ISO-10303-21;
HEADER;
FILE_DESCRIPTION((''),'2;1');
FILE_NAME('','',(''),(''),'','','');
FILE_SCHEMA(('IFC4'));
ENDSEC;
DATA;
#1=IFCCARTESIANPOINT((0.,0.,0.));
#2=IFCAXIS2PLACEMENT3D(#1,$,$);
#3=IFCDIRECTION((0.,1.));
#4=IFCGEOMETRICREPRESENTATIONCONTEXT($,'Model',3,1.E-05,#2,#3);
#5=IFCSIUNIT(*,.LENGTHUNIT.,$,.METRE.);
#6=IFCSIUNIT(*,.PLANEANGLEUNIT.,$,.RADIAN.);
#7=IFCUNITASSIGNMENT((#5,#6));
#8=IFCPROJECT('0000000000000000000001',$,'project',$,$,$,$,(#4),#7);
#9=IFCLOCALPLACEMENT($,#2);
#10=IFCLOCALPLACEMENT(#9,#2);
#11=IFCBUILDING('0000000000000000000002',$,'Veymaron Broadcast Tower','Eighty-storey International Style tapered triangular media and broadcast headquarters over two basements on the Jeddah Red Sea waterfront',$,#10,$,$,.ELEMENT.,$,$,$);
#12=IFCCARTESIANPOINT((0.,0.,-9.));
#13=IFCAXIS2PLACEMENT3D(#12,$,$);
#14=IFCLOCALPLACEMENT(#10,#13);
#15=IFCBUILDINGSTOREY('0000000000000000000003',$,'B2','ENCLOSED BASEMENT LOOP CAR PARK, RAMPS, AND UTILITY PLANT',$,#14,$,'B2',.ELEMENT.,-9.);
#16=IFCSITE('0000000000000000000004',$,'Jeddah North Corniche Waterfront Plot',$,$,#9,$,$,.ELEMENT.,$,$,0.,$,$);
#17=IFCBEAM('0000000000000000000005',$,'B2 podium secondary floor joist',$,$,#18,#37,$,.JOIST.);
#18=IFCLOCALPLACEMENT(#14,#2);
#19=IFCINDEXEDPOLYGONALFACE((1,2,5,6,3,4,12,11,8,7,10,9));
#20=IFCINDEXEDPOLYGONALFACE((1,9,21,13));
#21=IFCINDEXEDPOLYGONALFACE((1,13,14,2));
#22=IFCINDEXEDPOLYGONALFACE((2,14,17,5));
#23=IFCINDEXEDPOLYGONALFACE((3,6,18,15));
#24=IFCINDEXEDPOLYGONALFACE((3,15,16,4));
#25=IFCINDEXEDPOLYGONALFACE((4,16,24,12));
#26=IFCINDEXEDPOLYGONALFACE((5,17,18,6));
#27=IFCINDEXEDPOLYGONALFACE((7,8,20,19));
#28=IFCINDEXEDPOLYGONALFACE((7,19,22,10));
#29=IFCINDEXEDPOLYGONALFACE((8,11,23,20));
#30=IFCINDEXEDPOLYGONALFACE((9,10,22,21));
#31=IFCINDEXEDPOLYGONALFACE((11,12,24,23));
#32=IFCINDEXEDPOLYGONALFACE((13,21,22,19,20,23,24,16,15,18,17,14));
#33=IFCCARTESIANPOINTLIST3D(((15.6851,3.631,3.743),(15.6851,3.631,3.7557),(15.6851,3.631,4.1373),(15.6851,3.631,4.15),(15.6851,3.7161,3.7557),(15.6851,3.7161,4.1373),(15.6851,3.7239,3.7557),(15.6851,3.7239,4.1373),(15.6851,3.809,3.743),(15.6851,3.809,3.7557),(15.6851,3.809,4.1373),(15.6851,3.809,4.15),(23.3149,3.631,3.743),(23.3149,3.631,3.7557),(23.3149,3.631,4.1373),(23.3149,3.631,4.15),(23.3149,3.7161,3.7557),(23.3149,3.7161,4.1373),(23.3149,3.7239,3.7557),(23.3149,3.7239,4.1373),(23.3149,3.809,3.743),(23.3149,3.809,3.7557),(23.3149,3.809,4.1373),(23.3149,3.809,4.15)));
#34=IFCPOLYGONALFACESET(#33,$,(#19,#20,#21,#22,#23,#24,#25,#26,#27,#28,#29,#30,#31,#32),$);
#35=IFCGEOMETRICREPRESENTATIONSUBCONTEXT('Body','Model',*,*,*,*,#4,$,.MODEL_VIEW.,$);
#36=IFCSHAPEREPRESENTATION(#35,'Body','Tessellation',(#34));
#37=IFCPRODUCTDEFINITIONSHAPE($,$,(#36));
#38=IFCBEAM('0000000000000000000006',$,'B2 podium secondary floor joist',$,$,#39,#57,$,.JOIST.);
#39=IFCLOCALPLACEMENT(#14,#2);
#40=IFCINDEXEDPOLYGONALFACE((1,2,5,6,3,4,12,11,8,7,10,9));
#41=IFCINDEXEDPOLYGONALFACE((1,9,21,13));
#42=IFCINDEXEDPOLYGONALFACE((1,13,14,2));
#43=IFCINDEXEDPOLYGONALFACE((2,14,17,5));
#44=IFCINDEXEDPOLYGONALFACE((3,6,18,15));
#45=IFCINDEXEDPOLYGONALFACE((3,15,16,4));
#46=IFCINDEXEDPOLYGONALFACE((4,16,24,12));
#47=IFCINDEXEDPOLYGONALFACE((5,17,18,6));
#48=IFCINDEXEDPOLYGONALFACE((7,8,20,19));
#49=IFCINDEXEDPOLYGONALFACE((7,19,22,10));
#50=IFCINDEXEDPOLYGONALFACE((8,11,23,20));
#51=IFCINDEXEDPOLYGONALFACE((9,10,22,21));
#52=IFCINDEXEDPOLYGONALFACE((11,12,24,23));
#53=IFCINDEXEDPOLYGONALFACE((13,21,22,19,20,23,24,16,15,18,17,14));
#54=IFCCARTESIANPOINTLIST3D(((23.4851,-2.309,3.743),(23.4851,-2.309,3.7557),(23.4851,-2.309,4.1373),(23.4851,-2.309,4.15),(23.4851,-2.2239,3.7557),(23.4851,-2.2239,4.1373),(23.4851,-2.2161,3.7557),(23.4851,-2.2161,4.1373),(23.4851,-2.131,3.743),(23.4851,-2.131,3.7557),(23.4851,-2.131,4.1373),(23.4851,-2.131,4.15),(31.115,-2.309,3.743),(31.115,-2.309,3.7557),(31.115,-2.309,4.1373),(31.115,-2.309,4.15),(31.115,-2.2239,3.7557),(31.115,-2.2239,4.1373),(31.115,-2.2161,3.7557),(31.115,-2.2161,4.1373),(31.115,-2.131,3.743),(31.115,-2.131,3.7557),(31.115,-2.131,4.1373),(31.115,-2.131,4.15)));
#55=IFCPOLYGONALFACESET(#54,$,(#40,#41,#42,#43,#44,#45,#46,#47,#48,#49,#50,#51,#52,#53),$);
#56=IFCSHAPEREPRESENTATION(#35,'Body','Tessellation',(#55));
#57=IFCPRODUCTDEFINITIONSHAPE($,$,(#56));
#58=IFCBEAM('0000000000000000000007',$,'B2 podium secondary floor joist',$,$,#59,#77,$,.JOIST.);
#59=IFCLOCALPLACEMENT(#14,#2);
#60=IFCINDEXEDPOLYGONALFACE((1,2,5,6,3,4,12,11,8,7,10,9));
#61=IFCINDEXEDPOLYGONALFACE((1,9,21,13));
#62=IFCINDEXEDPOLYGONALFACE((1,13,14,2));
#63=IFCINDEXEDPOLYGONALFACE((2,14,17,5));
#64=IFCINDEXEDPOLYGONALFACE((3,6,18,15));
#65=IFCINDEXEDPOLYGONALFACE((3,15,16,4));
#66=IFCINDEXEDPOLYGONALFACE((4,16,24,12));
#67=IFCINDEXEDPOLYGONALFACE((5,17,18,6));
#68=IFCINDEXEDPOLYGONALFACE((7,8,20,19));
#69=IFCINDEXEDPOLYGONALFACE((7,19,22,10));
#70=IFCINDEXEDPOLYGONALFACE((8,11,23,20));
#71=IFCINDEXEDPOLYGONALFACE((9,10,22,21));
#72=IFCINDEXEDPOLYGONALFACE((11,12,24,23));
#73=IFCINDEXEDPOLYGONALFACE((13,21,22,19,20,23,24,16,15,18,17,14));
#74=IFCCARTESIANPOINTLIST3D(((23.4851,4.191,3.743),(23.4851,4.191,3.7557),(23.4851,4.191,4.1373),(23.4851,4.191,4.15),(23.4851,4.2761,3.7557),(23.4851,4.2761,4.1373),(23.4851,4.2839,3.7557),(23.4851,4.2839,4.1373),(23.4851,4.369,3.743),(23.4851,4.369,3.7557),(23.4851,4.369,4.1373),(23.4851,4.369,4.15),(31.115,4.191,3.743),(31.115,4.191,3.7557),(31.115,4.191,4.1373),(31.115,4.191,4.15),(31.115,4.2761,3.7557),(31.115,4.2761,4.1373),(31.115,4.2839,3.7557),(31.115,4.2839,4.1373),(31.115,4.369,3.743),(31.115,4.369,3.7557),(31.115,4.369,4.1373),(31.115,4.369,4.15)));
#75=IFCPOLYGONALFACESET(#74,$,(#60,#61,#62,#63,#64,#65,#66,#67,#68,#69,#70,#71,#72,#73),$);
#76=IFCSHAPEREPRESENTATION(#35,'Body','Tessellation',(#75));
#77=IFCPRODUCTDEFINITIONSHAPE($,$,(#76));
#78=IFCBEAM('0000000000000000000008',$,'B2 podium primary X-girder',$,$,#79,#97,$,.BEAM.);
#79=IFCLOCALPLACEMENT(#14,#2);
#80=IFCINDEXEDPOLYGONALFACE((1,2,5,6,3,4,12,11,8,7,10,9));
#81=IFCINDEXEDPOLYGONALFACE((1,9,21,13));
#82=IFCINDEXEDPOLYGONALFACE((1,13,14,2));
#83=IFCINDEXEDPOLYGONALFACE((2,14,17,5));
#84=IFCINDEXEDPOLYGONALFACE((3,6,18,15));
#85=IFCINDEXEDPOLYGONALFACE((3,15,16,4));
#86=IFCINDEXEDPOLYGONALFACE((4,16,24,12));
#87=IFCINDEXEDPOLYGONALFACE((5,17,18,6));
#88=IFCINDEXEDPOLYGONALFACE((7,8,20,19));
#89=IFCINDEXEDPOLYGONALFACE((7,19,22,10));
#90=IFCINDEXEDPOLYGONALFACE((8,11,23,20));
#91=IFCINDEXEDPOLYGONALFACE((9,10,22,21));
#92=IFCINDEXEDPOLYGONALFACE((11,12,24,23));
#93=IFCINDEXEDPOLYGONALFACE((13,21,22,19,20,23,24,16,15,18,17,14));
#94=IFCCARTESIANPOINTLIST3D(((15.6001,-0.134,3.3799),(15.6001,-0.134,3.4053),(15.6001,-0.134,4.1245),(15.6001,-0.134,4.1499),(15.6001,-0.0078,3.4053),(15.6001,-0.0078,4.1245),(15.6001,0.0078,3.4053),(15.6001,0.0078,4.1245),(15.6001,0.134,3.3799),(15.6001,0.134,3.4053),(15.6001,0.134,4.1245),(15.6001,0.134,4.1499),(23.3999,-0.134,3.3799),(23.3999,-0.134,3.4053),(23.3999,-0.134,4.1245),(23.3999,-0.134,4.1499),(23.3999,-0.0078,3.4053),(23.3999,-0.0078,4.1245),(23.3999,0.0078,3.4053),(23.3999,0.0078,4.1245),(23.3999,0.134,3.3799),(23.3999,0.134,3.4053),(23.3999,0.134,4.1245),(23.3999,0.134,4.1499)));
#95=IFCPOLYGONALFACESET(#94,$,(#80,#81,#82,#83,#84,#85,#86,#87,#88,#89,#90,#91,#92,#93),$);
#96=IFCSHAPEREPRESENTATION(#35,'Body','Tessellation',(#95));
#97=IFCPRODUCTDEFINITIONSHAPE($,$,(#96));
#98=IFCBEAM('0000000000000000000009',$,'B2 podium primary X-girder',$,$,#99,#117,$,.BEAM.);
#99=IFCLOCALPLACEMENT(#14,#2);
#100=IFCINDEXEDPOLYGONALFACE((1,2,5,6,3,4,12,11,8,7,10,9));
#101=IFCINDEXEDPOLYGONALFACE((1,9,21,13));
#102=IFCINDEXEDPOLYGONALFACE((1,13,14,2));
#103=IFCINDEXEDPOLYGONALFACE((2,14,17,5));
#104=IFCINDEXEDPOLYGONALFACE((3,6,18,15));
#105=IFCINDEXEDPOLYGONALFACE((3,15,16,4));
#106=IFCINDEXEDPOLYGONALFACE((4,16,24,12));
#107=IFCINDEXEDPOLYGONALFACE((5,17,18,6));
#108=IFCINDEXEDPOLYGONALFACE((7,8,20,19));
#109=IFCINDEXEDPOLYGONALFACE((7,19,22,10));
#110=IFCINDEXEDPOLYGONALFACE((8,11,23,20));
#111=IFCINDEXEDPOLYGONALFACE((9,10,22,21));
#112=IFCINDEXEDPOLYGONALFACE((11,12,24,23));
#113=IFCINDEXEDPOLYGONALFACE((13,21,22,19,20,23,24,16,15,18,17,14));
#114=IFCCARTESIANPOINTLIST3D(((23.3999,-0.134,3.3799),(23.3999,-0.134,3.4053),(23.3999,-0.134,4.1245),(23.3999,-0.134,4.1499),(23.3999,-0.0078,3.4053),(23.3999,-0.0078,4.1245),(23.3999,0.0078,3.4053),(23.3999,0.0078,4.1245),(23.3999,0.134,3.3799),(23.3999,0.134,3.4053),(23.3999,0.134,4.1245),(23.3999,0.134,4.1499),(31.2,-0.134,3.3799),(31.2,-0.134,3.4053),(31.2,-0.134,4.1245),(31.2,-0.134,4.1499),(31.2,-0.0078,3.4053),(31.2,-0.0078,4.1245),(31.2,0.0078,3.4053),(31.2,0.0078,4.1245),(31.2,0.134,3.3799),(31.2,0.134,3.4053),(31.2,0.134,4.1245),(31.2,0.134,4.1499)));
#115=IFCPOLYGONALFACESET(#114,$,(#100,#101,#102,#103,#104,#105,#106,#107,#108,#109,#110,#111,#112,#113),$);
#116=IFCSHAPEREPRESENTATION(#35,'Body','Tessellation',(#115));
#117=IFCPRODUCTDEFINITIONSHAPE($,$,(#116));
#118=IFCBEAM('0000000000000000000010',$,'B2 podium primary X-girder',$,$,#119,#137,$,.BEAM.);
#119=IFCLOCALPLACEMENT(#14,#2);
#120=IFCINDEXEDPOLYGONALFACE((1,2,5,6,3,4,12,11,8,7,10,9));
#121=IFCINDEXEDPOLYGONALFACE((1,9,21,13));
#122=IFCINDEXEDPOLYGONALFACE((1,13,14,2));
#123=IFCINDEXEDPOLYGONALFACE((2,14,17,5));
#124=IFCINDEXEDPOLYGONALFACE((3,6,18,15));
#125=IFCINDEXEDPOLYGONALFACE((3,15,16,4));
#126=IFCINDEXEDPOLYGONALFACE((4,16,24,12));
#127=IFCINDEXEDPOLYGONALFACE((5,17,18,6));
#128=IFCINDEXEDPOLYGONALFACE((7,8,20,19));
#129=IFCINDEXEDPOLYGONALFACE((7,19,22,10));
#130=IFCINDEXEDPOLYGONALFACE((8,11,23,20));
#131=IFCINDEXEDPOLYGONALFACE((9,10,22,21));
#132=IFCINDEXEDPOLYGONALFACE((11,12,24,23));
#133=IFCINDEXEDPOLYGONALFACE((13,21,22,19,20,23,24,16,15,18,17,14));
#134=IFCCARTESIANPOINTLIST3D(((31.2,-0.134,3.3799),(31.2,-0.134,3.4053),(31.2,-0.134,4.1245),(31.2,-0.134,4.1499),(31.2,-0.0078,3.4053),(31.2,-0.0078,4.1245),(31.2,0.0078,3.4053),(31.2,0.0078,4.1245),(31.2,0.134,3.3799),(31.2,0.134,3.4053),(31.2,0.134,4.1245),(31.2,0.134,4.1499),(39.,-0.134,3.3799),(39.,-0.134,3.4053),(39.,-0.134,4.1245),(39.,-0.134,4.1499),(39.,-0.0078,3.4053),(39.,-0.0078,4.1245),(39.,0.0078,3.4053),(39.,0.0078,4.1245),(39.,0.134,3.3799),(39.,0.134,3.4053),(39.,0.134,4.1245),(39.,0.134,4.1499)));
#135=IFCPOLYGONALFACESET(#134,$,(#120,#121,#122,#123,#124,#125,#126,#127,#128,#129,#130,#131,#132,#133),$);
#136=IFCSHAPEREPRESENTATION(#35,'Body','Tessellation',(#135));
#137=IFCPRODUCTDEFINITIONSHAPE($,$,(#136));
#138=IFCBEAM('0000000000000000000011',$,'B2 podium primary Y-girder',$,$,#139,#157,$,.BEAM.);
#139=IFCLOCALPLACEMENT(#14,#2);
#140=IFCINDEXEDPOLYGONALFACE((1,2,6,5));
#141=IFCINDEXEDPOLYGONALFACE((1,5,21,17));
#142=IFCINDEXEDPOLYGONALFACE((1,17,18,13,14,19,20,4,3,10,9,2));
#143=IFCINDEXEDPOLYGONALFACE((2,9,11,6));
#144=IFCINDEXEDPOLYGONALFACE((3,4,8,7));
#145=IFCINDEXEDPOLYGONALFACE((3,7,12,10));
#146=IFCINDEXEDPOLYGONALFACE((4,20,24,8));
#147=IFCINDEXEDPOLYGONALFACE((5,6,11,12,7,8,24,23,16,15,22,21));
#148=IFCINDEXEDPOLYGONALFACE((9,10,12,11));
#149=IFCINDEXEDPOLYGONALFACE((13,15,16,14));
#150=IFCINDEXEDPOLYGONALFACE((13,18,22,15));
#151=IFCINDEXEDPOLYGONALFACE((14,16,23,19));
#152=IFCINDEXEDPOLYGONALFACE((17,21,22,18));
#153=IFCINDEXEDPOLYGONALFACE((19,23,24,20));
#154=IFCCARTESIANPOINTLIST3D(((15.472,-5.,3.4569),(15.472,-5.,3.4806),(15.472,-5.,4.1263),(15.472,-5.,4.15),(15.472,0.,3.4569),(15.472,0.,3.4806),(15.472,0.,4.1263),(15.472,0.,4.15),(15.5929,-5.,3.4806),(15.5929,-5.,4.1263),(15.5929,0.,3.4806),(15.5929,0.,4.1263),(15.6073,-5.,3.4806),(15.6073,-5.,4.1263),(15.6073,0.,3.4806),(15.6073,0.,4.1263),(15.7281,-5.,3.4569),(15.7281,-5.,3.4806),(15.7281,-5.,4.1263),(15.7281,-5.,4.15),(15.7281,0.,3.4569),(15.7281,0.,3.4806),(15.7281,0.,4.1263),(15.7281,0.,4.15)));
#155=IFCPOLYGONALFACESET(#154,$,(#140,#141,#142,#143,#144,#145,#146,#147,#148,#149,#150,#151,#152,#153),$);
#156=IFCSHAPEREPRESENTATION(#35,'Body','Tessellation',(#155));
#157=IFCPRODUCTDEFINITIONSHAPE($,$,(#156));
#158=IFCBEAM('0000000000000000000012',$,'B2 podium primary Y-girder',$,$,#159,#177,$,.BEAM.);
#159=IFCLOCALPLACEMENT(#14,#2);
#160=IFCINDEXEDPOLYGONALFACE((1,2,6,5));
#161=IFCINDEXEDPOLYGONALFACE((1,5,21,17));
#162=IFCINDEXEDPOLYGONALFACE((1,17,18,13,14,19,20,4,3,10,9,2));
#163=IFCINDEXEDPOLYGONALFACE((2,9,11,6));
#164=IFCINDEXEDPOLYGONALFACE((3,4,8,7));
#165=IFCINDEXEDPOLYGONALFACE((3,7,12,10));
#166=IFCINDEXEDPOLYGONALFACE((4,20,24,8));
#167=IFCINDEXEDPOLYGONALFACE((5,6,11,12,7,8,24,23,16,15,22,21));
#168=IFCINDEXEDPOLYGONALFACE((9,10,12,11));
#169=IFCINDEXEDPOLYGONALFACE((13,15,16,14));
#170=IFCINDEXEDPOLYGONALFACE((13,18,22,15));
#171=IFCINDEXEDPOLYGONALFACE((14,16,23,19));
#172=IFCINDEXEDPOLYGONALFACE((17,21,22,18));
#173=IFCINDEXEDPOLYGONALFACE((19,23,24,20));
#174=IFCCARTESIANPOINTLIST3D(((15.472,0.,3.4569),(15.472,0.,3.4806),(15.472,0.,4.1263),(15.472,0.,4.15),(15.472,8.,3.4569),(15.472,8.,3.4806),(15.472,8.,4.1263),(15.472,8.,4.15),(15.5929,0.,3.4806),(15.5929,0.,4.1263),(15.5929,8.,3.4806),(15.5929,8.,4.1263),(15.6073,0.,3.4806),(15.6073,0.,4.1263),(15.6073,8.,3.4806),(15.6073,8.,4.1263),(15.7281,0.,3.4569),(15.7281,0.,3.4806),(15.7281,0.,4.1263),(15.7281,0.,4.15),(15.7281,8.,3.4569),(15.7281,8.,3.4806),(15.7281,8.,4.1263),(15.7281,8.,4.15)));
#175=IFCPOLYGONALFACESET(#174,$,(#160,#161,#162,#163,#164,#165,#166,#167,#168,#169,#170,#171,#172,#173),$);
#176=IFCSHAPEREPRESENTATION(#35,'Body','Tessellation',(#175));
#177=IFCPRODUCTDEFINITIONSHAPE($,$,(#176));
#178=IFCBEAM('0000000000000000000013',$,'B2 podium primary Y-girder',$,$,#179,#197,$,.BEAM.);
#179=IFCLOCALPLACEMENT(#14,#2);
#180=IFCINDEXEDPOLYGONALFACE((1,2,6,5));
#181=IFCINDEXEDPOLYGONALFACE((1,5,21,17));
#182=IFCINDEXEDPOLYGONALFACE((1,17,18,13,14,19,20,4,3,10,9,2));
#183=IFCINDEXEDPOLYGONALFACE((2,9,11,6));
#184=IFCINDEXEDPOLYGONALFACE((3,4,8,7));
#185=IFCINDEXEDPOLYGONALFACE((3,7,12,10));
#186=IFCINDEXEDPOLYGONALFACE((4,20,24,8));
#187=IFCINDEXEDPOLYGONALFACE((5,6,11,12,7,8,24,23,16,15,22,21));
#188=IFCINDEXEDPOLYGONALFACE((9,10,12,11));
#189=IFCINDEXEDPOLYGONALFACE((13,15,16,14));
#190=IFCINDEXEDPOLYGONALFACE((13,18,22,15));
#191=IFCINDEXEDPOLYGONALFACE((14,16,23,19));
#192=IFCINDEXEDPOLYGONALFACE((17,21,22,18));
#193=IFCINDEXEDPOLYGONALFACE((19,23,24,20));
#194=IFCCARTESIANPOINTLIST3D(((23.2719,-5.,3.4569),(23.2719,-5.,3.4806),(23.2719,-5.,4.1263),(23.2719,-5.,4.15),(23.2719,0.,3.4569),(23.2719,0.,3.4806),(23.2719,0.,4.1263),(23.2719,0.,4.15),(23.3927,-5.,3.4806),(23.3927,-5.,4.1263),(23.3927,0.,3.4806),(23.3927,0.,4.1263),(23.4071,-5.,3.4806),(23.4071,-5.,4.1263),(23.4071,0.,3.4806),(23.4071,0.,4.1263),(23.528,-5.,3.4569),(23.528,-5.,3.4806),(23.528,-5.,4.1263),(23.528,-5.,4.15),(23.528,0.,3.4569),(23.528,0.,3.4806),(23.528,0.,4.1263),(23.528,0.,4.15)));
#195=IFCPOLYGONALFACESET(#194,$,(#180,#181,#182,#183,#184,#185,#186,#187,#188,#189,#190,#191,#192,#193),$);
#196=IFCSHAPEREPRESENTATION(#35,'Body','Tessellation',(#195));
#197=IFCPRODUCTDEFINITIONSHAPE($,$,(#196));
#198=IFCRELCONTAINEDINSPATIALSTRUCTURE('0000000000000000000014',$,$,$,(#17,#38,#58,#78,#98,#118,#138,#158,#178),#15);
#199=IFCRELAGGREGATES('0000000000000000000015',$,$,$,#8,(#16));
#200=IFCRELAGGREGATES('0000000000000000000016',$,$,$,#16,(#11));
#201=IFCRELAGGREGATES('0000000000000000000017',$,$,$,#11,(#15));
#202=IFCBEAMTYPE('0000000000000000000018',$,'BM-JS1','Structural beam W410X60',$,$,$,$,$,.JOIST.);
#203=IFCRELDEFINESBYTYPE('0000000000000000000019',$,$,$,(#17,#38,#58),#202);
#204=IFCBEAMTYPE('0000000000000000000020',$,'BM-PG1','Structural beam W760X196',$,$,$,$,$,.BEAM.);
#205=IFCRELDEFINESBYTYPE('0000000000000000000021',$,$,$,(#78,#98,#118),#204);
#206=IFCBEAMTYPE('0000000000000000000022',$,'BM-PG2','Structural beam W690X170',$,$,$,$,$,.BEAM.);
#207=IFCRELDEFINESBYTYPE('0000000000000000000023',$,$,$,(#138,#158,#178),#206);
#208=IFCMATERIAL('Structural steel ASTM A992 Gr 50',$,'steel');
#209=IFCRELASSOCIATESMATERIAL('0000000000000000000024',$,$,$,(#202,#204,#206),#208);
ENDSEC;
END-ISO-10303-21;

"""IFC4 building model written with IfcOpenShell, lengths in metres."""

from ifc_helpers import new_model, si_unit, direction, frame, origin, origin_2d, place, context, subcontext, project, spatial, i_section, extrude, material, material_profile, profile_set, type_object, element, save


model = new_model("IFC4")

# Units and contexts
model_context = context("Model", 3, precision=1e-05, world=origin(), true_north=direction((0.0, 1.0)))
body_context = subcontext(model_context, "Body", "Model", "MODEL_VIEW")
ifc_project = project(units=[si_unit("LENGTHUNIT", "METRE"), si_unit("PLANEANGLEUNIT", "RADIAN")], contexts=[model_context])

# Site, building, storey
site_placement = place(None, origin())
site = spatial("IfcSite", under=ifc_project, at=site_placement, Name="Jeddah North Corniche Waterfront Plot", CompositionType="ELEMENT", RefElevation=0.0)
building_placement = place(site_placement, origin())
building = spatial("IfcBuilding", under=site, at=building_placement, Name="Veymaron Broadcast Tower", Description="Eighty-storey International Style tapered triangular media and broadcast headquarters over two basements on the Jeddah Red Sea waterfront", CompositionType="ELEMENT")
storey_placement = place(building_placement, frame((0.0, 0.0, -9.0)))
storey = spatial("IfcBuildingStorey", under=building, at=storey_placement, Name="B2", Description="ENCLOSED BASEMENT LOOP CAR PARK, RAMPS, AND UTILITY PLANT", LongName="B2", CompositionType="ELEMENT", Elevation=-9.0)

# Beams
ifc_material_1 = material(Name="Structural steel ASTM A992 Gr 50", Category="steel")
ifc_material_profile_1 = material_profile(ifc_material_1, i_section(OverallWidth=0.178, OverallDepth=0.407, WebThickness=0.0078, FlangeThickness=0.0127, at=origin_2d()), Name="W410X60")
ifc_profile_set_1 = profile_set([ifc_material_profile_1], Name="Structural steel ASTM A992 Gr 50")
beam_type_1 = type_object("IfcBeamType", Name="BM-JS1", Description="Structural beam W410X60", PredefinedType="JOIST", material=ifc_profile_set_1)
for number, where, z_axis, x_axis, name in (
    (1, (15.6851, 3.72, 3.9465), (1.0, 0.0, 0.0), (0.0, 1.0, 0.0), "B2 podium secondary floor joist"),
    (2, (23.4851, -2.22, 3.9465), (1.0, 0.0, 0.0), (0.0, 1.0, 0.0), "B2 podium secondary floor joist"),
    (3, (23.4851, 4.28, 3.9465), (1.0, 0.0, 0.0), (0.0, 1.0, 0.0), "B2 podium secondary floor joist"),
):
    element("IfcBeam", number, at=place(storey_placement, frame(where, z_axis=z_axis, x_axis=x_axis)), inside=storey, type_object=beam_type_1, Name=name, PredefinedType="JOIST", context=body_context, shape_type="SweptSolid", body=[
        extrude(i_section(OverallWidth=0.178, OverallDepth=0.407, WebThickness=0.0078, FlangeThickness=0.0127, at=origin_2d()), origin(), (0.0, 0.0, 1.0), 7.6299),
    ])
ifc_material_profile_2 = material_profile(ifc_material_1, i_section(OverallWidth=0.2681, OverallDepth=0.77, WebThickness=0.0156, FlangeThickness=0.0254, at=origin_2d()), Name="W760X196")
ifc_profile_set_2 = profile_set([ifc_material_profile_2], Name="Structural steel ASTM A992 Gr 50")
beam_type_2 = type_object("IfcBeamType", Name="BM-PG1", Description="Structural beam W760X196", PredefinedType="BEAM", material=ifc_profile_set_2)
beam_1_placement = place(storey_placement, frame((15.6001, 0.0, 3.7649), z_axis=(1.0, 0.0, 0.0), x_axis=(0.0, 1.0, 0.0)))
element("IfcBeam", 4, at=beam_1_placement, inside=storey, type_object=beam_type_2, Name="B2 podium primary X-girder", PredefinedType="BEAM", context=body_context, shape_type="SweptSolid", body=[
    extrude(i_section(OverallWidth=0.2681, OverallDepth=0.77, WebThickness=0.0156, FlangeThickness=0.0254, at=origin_2d()), origin(), (0.0, 0.0, 1.0), 7.7998),
])
for number, where, z_axis, x_axis, name in (
    (5, (23.3999, 0.0, 3.7649), (1.0, 0.0, 0.0), (0.0, 1.0, 0.0), "B2 podium primary X-girder"),
    (6, (31.2, 0.0, 3.7649), (1.0, 0.0, 0.0), (0.0, 1.0, 0.0), "B2 podium primary X-girder"),
):
    element("IfcBeam", number, at=place(storey_placement, frame(where, z_axis=z_axis, x_axis=x_axis)), inside=storey, type_object=beam_type_2, Name=name, PredefinedType="BEAM", context=body_context, shape_type="SweptSolid", body=[
        extrude(i_section(OverallWidth=0.2681, OverallDepth=0.77, WebThickness=0.0156, FlangeThickness=0.0254, at=origin_2d()), origin(), (0.0, 0.0, 1.0), 7.8),
    ])
ifc_material_profile_3 = material_profile(ifc_material_1, i_section(OverallWidth=0.2561, OverallDepth=0.6931, WebThickness=0.0144, FlangeThickness=0.0237, at=origin_2d()), Name="W690X170")
ifc_profile_set_3 = profile_set([ifc_material_profile_3], Name="Structural steel ASTM A992 Gr 50")
beam_type_3 = type_object("IfcBeamType", Name="BM-PG2", Description="Structural beam W690X170", PredefinedType="BEAM", material=ifc_profile_set_3)
beam_2_placement = place(storey_placement, frame((15.6001, -5.0, 3.8035), z_axis=(0.0, 1.0, 0.0), x_axis=(-1.0, 0.0, 0.0)))
element("IfcBeam", 7, at=beam_2_placement, inside=storey, type_object=beam_type_3, Name="B2 podium primary Y-girder", PredefinedType="BEAM", context=body_context, shape_type="SweptSolid", body=[
    extrude(i_section(OverallWidth=0.2561, OverallDepth=0.6931, WebThickness=0.0144, FlangeThickness=0.0237, at=origin_2d()), origin(), (0.0, 0.0, 1.0), 5.0),
])
beam_3_placement = place(storey_placement, frame((15.6001, 0.0, 3.8035), z_axis=(0.0, 1.0, 0.0), x_axis=(-1.0, 0.0, 0.0)))
element("IfcBeam", 8, at=beam_3_placement, inside=storey, type_object=beam_type_3, Name="B2 podium primary Y-girder", PredefinedType="BEAM", context=body_context, shape_type="SweptSolid", body=[
    extrude(i_section(OverallWidth=0.2561, OverallDepth=0.6931, WebThickness=0.0144, FlangeThickness=0.0237, at=origin_2d()), origin(), (0.0, 0.0, 1.0), 8.0),
])
beam_4_placement = place(storey_placement, frame((23.3999, -5.0, 3.8035), z_axis=(0.0, 1.0, 0.0), x_axis=(-1.0, 0.0, 0.0)))
element("IfcBeam", 9, at=beam_4_placement, inside=storey, type_object=beam_type_3, Name="B2 podium primary Y-girder", PredefinedType="BEAM", context=body_context, shape_type="SweptSolid", body=[
    extrude(i_section(OverallWidth=0.2561, OverallDepth=0.6931, WebThickness=0.0144, FlangeThickness=0.0237, at=origin_2d()), origin(), (0.0, 0.0, 1.0), 5.0),
])

save(model, "model.ifc")
